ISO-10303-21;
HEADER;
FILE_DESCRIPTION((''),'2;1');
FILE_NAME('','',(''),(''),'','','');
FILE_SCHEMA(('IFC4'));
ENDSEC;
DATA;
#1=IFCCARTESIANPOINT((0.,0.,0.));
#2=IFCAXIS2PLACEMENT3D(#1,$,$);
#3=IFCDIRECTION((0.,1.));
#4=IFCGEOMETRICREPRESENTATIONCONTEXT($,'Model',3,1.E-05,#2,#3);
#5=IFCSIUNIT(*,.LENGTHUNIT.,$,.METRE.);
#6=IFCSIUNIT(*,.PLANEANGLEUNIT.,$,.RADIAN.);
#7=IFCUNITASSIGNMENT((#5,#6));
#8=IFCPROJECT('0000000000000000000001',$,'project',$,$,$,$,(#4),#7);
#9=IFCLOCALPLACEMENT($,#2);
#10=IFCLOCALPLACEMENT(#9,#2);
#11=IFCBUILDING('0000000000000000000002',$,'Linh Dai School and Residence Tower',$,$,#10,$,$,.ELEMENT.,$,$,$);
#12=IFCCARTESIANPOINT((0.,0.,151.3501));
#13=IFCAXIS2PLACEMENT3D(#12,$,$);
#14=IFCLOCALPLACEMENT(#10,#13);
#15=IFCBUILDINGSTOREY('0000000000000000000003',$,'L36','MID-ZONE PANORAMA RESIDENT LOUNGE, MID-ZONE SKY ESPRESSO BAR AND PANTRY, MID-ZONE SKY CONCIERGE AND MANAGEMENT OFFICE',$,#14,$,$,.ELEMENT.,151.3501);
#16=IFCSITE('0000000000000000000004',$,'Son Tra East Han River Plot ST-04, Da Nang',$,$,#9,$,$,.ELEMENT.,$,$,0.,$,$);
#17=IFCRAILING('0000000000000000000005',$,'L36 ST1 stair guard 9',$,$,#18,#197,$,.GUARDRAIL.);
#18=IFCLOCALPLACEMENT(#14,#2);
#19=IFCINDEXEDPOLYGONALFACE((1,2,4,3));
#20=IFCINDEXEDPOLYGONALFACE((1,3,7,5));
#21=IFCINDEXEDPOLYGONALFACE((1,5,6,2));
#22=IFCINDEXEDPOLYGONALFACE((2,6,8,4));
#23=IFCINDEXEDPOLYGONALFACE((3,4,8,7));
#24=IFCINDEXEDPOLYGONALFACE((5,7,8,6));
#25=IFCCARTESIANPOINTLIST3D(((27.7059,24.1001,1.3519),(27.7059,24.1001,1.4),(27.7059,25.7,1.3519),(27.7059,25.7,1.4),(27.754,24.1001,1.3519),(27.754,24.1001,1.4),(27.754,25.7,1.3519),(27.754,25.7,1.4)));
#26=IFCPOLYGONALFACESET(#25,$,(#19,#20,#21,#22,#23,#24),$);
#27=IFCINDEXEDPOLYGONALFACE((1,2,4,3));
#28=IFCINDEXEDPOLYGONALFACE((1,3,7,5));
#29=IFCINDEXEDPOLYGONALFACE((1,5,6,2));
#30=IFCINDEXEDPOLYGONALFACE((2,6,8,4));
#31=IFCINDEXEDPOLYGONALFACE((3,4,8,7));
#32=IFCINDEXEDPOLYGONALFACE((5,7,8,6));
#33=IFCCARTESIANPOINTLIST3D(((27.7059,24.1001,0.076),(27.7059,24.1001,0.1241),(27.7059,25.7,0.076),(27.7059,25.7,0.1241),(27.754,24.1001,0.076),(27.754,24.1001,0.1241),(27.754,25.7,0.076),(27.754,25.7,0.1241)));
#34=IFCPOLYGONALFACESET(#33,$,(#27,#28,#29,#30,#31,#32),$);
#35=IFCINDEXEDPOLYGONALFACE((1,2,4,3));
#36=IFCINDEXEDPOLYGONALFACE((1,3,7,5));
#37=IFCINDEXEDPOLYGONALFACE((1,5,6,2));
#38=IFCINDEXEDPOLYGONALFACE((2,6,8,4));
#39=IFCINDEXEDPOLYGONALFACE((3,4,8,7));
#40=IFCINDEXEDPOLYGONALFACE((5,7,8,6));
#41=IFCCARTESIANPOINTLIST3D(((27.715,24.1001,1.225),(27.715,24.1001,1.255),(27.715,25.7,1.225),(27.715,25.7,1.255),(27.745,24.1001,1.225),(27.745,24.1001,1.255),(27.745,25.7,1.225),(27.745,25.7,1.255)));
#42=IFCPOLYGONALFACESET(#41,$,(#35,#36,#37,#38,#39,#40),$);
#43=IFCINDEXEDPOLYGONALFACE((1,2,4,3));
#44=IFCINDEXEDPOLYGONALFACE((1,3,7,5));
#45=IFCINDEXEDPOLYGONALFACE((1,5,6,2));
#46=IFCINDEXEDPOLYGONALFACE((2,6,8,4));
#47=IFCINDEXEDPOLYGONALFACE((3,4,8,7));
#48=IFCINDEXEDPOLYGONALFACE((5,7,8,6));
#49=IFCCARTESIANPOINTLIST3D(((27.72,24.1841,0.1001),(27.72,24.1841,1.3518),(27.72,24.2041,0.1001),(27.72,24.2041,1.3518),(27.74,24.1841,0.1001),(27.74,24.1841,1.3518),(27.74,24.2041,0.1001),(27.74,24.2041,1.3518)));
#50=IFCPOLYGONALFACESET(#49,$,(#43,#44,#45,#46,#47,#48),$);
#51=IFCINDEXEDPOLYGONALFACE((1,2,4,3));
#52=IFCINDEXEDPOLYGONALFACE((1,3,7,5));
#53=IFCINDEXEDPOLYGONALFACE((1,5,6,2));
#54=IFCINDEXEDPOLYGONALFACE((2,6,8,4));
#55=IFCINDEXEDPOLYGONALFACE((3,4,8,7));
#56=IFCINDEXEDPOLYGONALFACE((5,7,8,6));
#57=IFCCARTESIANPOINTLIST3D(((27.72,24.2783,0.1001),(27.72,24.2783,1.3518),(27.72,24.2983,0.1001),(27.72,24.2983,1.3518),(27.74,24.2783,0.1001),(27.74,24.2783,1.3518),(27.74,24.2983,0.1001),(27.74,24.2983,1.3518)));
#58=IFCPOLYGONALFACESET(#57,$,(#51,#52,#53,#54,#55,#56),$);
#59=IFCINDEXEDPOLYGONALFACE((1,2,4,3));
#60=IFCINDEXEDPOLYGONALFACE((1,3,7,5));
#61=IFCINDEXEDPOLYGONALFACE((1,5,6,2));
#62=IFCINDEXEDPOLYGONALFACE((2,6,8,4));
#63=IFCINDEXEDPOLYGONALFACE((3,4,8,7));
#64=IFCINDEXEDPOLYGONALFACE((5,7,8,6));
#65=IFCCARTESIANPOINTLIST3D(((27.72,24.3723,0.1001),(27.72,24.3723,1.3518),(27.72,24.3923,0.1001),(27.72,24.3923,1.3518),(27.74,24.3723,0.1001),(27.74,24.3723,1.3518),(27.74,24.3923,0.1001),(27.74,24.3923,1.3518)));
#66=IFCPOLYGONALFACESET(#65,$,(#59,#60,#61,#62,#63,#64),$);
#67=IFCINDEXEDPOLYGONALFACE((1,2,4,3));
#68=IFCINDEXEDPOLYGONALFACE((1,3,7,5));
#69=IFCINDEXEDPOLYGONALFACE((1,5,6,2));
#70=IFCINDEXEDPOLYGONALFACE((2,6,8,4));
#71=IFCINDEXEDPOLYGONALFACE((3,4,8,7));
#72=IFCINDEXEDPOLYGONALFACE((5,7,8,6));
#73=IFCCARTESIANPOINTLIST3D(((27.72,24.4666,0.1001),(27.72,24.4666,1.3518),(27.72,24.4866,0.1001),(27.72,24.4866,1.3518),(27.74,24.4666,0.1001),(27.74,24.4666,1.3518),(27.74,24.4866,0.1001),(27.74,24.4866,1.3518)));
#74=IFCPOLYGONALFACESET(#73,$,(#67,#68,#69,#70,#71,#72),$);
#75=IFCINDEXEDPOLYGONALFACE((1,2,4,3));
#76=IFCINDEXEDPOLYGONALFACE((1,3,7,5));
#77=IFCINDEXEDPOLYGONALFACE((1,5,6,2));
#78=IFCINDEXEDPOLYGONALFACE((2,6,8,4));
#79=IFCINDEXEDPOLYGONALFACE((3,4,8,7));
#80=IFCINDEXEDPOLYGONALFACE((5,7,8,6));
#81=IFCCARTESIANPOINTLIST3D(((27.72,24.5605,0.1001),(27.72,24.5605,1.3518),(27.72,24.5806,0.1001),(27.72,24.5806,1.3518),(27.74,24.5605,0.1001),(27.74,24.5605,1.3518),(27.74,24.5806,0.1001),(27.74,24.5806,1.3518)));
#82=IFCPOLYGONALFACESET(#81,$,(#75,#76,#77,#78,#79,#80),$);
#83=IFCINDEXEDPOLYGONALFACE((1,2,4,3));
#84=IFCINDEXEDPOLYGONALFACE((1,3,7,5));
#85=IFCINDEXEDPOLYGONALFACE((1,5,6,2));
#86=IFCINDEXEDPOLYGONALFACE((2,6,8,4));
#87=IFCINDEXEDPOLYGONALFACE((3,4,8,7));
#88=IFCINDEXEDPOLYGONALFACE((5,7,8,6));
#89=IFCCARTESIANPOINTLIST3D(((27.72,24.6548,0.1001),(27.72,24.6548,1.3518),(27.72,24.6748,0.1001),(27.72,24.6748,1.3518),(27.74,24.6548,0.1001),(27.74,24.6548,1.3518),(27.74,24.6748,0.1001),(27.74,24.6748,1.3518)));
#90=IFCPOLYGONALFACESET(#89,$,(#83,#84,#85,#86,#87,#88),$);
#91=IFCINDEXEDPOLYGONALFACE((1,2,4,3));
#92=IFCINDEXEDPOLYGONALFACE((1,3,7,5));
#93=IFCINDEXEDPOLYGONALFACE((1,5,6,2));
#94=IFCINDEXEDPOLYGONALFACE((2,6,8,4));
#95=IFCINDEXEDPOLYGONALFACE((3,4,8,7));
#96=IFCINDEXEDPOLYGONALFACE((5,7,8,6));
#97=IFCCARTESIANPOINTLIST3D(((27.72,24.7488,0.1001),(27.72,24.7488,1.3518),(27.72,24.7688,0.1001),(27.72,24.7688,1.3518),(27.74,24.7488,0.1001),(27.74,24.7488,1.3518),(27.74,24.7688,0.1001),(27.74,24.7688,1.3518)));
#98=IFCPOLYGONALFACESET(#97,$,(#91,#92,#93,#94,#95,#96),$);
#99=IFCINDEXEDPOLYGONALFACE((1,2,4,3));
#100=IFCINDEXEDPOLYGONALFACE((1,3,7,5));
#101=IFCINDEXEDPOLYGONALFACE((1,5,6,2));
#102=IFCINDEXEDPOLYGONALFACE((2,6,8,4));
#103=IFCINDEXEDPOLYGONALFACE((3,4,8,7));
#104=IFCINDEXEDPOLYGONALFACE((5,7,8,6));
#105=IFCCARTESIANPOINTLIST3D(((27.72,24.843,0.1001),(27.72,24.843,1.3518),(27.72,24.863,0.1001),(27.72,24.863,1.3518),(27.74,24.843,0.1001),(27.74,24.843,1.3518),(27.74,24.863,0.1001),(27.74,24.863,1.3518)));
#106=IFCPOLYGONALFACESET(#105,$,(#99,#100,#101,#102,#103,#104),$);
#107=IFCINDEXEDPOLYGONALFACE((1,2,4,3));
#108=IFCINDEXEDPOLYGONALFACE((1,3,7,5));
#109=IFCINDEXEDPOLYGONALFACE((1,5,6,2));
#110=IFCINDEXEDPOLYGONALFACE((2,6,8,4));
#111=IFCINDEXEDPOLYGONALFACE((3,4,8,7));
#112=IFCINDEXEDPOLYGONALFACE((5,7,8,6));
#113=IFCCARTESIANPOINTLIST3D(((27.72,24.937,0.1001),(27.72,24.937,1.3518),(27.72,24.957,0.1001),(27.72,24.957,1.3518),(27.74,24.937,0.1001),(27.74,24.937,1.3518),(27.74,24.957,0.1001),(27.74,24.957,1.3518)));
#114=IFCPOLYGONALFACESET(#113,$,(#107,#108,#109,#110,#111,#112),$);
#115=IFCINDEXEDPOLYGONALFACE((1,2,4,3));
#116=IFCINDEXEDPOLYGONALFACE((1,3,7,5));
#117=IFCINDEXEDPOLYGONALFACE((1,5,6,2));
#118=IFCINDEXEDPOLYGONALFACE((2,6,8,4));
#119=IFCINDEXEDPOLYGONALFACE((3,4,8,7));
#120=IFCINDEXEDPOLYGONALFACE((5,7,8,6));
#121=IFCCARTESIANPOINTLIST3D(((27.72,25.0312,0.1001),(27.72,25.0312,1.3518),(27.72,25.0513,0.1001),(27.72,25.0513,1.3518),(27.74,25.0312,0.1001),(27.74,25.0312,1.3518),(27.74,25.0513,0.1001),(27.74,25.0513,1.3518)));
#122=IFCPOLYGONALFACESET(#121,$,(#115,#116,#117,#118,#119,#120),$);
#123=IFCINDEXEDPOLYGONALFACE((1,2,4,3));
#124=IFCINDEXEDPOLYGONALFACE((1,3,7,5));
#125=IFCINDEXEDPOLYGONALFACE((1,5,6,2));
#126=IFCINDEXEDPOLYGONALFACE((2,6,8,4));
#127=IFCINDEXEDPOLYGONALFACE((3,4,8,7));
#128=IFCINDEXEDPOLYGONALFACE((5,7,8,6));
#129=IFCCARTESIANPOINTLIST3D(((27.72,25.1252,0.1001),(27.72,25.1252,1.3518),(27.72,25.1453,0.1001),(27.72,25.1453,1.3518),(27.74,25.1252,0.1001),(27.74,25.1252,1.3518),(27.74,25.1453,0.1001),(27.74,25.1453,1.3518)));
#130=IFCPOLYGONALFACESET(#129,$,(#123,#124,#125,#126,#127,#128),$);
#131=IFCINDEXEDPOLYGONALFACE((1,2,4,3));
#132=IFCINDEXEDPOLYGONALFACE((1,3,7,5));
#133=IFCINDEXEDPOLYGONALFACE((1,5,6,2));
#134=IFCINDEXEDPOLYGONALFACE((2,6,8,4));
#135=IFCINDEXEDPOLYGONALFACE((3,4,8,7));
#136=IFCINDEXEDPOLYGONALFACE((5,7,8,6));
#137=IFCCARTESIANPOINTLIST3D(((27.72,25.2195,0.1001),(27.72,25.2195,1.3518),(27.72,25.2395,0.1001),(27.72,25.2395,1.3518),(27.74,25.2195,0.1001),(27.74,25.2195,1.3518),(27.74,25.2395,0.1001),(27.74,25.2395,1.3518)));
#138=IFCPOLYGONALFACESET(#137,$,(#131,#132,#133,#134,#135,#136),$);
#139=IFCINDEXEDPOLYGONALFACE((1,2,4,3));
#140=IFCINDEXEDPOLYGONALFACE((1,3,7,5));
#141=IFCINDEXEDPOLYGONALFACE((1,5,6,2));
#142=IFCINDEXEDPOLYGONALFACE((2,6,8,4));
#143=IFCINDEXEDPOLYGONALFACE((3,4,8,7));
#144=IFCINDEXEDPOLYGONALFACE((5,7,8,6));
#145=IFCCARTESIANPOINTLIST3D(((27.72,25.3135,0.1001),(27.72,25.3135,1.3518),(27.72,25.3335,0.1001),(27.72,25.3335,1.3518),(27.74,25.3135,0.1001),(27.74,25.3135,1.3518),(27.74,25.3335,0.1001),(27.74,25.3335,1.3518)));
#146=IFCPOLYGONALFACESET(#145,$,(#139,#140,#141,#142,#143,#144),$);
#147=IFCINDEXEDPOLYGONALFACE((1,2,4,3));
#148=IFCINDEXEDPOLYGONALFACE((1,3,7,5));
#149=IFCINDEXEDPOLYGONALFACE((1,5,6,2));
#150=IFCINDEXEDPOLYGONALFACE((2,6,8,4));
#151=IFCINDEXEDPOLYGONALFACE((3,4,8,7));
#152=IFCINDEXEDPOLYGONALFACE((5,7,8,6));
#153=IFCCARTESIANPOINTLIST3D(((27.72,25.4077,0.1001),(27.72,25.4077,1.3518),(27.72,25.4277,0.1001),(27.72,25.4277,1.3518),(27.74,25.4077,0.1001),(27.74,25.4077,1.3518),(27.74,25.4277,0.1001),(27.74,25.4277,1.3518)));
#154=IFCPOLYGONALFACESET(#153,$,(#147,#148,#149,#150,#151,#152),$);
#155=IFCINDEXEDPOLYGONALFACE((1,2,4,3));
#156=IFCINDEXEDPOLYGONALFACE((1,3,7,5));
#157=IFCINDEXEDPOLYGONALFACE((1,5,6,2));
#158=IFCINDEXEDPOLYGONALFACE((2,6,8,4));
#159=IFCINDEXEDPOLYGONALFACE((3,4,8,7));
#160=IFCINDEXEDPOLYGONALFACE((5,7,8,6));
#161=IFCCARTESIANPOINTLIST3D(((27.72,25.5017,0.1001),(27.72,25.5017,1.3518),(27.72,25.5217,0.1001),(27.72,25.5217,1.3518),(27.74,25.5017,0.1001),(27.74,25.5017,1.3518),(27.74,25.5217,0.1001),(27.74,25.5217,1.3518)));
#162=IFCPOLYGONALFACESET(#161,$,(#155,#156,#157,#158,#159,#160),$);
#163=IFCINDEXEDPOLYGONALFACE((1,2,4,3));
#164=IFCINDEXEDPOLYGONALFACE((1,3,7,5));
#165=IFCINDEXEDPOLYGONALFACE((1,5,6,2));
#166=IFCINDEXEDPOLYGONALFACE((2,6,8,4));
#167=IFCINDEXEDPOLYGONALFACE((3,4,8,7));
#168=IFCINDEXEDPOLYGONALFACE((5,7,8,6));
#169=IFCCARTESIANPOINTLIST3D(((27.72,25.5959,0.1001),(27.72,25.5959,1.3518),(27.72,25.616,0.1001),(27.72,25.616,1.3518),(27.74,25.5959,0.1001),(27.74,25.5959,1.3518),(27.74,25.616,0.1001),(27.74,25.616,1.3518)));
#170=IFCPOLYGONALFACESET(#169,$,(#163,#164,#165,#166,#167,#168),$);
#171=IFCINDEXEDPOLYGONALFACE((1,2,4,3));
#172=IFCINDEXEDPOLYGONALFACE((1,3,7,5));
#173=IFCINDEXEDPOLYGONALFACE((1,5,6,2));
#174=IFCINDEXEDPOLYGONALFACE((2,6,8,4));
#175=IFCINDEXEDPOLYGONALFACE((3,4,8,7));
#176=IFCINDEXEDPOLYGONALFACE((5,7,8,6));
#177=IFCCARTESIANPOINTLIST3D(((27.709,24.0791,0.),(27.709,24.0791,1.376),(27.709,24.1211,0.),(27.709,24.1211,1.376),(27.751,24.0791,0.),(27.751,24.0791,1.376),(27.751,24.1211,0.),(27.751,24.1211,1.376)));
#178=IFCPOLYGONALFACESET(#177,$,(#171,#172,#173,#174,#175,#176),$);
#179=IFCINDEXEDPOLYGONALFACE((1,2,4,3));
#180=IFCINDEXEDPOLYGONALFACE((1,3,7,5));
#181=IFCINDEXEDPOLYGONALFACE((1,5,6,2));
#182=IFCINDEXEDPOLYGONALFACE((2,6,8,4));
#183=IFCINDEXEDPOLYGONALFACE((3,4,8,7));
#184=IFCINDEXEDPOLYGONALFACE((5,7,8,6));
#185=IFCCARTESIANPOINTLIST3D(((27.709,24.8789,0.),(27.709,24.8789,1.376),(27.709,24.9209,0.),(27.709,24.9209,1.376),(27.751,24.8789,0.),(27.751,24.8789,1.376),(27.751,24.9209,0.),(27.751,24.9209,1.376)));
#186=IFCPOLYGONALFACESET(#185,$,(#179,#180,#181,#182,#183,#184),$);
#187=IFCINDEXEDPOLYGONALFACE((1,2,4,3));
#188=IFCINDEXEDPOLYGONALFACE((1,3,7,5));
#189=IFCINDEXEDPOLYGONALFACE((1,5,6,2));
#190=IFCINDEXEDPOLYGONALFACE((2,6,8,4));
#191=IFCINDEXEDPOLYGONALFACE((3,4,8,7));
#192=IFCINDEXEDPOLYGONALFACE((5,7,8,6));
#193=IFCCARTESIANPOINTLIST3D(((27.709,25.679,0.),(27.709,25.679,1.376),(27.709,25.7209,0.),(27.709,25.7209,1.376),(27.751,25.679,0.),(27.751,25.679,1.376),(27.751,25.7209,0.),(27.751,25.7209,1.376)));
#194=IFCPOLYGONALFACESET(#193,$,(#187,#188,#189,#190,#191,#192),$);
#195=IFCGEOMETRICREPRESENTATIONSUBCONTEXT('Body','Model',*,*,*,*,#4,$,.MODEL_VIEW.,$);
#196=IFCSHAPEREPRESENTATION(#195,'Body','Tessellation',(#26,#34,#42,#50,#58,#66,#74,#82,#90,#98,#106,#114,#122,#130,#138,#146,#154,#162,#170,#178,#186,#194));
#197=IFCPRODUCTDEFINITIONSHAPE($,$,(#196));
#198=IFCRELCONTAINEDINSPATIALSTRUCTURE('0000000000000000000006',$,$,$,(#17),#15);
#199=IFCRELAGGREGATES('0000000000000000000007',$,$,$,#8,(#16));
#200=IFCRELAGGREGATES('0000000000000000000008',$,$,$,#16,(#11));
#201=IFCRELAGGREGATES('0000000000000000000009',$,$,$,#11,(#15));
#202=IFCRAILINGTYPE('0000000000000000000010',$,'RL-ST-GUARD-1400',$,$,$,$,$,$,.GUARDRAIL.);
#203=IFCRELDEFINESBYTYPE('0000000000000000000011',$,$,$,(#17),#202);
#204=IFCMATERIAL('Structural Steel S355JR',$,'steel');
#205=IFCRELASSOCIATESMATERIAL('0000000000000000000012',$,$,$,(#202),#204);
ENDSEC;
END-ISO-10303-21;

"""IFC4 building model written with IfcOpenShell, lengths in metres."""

from ifc_helpers import new_model, si_unit, direction, frame, origin, origin_2d, place, context, subcontext, project, spatial, rectangle, extrude, source, transform, mapped, material, type_object, element, save


model = new_model("IFC4")

# Units and contexts
model_context = context("Model", 3, precision=1e-05, world=origin(), true_north=direction((0.0, 1.0)))
body_context = subcontext(model_context, "Body", "Model", "MODEL_VIEW")
ifc_project = project(units=[si_unit("LENGTHUNIT", "METRE"), si_unit("PLANEANGLEUNIT", "RADIAN")], contexts=[model_context])

# Site, building, storey
site_placement = place(None, origin())
site = spatial("IfcSite", under=ifc_project, at=site_placement, Name="Son Tra East Han River Plot ST-04, Da Nang", CompositionType="ELEMENT", RefElevation=0.0)
building_placement = place(site_placement, origin())
building = spatial("IfcBuilding", under=site, at=building_placement, Name="Linh Dai School and Residence Tower", CompositionType="ELEMENT")
storey_placement = place(building_placement, frame((0.0, 0.0, 151.3501)))
storey = spatial("IfcBuildingStorey", under=building, at=storey_placement, Name="L36", Description="MID-ZONE PANORAMA RESIDENT LOUNGE, MID-ZONE SKY ESPRESSO BAR AND PANTRY, MID-ZONE SKY CONCIERGE AND MANAGEMENT OFFICE", CompositionType="ELEMENT", Elevation=151.3501)

# Shared definitions
ifc_material_1 = material(Name="Structural Steel S355JR", Category="steel")

# Railing
railing_type = type_object("IfcRailingType", Name="RL-ST-GUARD-1400", PredefinedType="GUARDRAIL", material=ifc_material_1)
shared_shape_1 = source(origin(), body_context, "Body", "SweptSolid", [
    extrude(rectangle(XDim=0.0481, YDim=0.0481, at=origin_2d()), frame((0.0, 0.0, 1.376), z_axis=(0.0, 1.0, 0.0), x_axis=(-1.0, 0.0, 0.0)), (0.0, 0.0, 1.0), 1.5999),
    extrude(rectangle(XDim=0.0481, YDim=0.0481, at=origin_2d()), frame((0.0, 0.0, 0.1001), z_axis=(0.0, 1.0, 0.0), x_axis=(-1.0, 0.0, 0.0)), (0.0, 0.0, 1.0), 1.5999),
    extrude(rectangle(XDim=0.03, YDim=0.03, at=origin_2d()), frame((0.0, 0.0, 1.24), z_axis=(0.0, 1.0, 0.0), x_axis=(-1.0, 0.0, 0.0)), (0.0, 0.0, 1.0), 1.5999),
    extrude(rectangle(XDim=0.02, YDim=0.02, at=origin_2d()), frame((0.0, 0.094, 0.1001)), (0.0, 0.0, 1.0), 1.2517),
    extrude(rectangle(XDim=0.02, YDim=0.02, at=origin_2d()), frame((0.0, 0.1882, 0.1001)), (0.0, 0.0, 1.0), 1.2517),
    extrude(rectangle(XDim=0.02, YDim=0.02, at=origin_2d()), frame((0.0, 0.2822, 0.1001)), (0.0, 0.0, 1.0), 1.2517),
    extrude(rectangle(XDim=0.02, YDim=0.02, at=origin_2d()), frame((0.0, 0.3765, 0.1001)), (0.0, 0.0, 1.0), 1.2517),
    extrude(rectangle(XDim=0.02, YDim=0.02, at=origin_2d()), frame((0.0, 0.4705, 0.1001)), (0.0, 0.0, 1.0), 1.2517),
    extrude(rectangle(XDim=0.02, YDim=0.02, at=origin_2d()), frame((0.0, 0.5647, 0.1001)), (0.0, 0.0, 1.0), 1.2517),
    extrude(rectangle(XDim=0.02, YDim=0.02, at=origin_2d()), frame((0.0, 0.6587, 0.1001)), (0.0, 0.0, 1.0), 1.2517),
    extrude(rectangle(XDim=0.02, YDim=0.02, at=origin_2d()), frame((0.0, 0.7529, 0.1001)), (0.0, 0.0, 1.0), 1.2517),
    extrude(rectangle(XDim=0.02, YDim=0.02, at=origin_2d()), frame((0.0, 0.8469, 0.1001)), (0.0, 0.0, 1.0), 1.2517),
    extrude(rectangle(XDim=0.02, YDim=0.02, at=origin_2d()), frame((0.0, 0.9412, 0.1001)), (0.0, 0.0, 1.0), 1.2517),
    extrude(rectangle(XDim=0.02, YDim=0.02, at=origin_2d()), frame((0.0, 1.0352, 0.1001)), (0.0, 0.0, 1.0), 1.2517),
    extrude(rectangle(XDim=0.02, YDim=0.02, at=origin_2d()), frame((0.0, 1.1294, 0.1001)), (0.0, 0.0, 1.0), 1.2517),
    extrude(rectangle(XDim=0.02, YDim=0.02, at=origin_2d()), frame((0.0, 1.2234, 0.1001)), (0.0, 0.0, 1.0), 1.2517),
    extrude(rectangle(XDim=0.02, YDim=0.02, at=origin_2d()), frame((0.0, 1.3176, 0.1001)), (0.0, 0.0, 1.0), 1.2517),
    extrude(rectangle(XDim=0.02, YDim=0.02, at=origin_2d()), frame((0.0, 1.4116, 0.1001)), (0.0, 0.0, 1.0), 1.2517),
    extrude(rectangle(XDim=0.02, YDim=0.02, at=origin_2d()), frame((0.0, 1.5059, 0.1001)), (0.0, 0.0, 1.0), 1.2517),
    extrude(rectangle(XDim=0.042, YDim=0.042, at=origin_2d()), origin(), (0.0, 0.0, 1.0), 1.376),
    extrude(rectangle(XDim=0.042, YDim=0.042, at=origin_2d()), frame((0.0, 0.7998, 0.0)), (0.0, 0.0, 1.0), 1.376),
    extrude(rectangle(XDim=0.042, YDim=0.042, at=origin_2d()), frame((0.0, 1.5999, 0.0)), (0.0, 0.0, 1.0), 1.376),
])
for number, where, name in (
    (1, (27.73, 24.1001, 0.0), "L36 ST1 stair guard 9"),
):
    element("IfcRailing", number, at=place(storey_placement, frame(where)), inside=storey, type_object=railing_type, Name=name, PredefinedType="GUARDRAIL", context=body_context, shape_type="MappedRepresentation", body=[
        mapped(shared_shape_1, transform((0.0, 0.0, 0.0), x_axis=(1.0, 0.0, 0.0), y_axis=(0.0, 1.0, 0.0), z_axis=(0.0, 0.0, 1.0), scale=1.0)),
    ])

save(model, "model.ifc")
